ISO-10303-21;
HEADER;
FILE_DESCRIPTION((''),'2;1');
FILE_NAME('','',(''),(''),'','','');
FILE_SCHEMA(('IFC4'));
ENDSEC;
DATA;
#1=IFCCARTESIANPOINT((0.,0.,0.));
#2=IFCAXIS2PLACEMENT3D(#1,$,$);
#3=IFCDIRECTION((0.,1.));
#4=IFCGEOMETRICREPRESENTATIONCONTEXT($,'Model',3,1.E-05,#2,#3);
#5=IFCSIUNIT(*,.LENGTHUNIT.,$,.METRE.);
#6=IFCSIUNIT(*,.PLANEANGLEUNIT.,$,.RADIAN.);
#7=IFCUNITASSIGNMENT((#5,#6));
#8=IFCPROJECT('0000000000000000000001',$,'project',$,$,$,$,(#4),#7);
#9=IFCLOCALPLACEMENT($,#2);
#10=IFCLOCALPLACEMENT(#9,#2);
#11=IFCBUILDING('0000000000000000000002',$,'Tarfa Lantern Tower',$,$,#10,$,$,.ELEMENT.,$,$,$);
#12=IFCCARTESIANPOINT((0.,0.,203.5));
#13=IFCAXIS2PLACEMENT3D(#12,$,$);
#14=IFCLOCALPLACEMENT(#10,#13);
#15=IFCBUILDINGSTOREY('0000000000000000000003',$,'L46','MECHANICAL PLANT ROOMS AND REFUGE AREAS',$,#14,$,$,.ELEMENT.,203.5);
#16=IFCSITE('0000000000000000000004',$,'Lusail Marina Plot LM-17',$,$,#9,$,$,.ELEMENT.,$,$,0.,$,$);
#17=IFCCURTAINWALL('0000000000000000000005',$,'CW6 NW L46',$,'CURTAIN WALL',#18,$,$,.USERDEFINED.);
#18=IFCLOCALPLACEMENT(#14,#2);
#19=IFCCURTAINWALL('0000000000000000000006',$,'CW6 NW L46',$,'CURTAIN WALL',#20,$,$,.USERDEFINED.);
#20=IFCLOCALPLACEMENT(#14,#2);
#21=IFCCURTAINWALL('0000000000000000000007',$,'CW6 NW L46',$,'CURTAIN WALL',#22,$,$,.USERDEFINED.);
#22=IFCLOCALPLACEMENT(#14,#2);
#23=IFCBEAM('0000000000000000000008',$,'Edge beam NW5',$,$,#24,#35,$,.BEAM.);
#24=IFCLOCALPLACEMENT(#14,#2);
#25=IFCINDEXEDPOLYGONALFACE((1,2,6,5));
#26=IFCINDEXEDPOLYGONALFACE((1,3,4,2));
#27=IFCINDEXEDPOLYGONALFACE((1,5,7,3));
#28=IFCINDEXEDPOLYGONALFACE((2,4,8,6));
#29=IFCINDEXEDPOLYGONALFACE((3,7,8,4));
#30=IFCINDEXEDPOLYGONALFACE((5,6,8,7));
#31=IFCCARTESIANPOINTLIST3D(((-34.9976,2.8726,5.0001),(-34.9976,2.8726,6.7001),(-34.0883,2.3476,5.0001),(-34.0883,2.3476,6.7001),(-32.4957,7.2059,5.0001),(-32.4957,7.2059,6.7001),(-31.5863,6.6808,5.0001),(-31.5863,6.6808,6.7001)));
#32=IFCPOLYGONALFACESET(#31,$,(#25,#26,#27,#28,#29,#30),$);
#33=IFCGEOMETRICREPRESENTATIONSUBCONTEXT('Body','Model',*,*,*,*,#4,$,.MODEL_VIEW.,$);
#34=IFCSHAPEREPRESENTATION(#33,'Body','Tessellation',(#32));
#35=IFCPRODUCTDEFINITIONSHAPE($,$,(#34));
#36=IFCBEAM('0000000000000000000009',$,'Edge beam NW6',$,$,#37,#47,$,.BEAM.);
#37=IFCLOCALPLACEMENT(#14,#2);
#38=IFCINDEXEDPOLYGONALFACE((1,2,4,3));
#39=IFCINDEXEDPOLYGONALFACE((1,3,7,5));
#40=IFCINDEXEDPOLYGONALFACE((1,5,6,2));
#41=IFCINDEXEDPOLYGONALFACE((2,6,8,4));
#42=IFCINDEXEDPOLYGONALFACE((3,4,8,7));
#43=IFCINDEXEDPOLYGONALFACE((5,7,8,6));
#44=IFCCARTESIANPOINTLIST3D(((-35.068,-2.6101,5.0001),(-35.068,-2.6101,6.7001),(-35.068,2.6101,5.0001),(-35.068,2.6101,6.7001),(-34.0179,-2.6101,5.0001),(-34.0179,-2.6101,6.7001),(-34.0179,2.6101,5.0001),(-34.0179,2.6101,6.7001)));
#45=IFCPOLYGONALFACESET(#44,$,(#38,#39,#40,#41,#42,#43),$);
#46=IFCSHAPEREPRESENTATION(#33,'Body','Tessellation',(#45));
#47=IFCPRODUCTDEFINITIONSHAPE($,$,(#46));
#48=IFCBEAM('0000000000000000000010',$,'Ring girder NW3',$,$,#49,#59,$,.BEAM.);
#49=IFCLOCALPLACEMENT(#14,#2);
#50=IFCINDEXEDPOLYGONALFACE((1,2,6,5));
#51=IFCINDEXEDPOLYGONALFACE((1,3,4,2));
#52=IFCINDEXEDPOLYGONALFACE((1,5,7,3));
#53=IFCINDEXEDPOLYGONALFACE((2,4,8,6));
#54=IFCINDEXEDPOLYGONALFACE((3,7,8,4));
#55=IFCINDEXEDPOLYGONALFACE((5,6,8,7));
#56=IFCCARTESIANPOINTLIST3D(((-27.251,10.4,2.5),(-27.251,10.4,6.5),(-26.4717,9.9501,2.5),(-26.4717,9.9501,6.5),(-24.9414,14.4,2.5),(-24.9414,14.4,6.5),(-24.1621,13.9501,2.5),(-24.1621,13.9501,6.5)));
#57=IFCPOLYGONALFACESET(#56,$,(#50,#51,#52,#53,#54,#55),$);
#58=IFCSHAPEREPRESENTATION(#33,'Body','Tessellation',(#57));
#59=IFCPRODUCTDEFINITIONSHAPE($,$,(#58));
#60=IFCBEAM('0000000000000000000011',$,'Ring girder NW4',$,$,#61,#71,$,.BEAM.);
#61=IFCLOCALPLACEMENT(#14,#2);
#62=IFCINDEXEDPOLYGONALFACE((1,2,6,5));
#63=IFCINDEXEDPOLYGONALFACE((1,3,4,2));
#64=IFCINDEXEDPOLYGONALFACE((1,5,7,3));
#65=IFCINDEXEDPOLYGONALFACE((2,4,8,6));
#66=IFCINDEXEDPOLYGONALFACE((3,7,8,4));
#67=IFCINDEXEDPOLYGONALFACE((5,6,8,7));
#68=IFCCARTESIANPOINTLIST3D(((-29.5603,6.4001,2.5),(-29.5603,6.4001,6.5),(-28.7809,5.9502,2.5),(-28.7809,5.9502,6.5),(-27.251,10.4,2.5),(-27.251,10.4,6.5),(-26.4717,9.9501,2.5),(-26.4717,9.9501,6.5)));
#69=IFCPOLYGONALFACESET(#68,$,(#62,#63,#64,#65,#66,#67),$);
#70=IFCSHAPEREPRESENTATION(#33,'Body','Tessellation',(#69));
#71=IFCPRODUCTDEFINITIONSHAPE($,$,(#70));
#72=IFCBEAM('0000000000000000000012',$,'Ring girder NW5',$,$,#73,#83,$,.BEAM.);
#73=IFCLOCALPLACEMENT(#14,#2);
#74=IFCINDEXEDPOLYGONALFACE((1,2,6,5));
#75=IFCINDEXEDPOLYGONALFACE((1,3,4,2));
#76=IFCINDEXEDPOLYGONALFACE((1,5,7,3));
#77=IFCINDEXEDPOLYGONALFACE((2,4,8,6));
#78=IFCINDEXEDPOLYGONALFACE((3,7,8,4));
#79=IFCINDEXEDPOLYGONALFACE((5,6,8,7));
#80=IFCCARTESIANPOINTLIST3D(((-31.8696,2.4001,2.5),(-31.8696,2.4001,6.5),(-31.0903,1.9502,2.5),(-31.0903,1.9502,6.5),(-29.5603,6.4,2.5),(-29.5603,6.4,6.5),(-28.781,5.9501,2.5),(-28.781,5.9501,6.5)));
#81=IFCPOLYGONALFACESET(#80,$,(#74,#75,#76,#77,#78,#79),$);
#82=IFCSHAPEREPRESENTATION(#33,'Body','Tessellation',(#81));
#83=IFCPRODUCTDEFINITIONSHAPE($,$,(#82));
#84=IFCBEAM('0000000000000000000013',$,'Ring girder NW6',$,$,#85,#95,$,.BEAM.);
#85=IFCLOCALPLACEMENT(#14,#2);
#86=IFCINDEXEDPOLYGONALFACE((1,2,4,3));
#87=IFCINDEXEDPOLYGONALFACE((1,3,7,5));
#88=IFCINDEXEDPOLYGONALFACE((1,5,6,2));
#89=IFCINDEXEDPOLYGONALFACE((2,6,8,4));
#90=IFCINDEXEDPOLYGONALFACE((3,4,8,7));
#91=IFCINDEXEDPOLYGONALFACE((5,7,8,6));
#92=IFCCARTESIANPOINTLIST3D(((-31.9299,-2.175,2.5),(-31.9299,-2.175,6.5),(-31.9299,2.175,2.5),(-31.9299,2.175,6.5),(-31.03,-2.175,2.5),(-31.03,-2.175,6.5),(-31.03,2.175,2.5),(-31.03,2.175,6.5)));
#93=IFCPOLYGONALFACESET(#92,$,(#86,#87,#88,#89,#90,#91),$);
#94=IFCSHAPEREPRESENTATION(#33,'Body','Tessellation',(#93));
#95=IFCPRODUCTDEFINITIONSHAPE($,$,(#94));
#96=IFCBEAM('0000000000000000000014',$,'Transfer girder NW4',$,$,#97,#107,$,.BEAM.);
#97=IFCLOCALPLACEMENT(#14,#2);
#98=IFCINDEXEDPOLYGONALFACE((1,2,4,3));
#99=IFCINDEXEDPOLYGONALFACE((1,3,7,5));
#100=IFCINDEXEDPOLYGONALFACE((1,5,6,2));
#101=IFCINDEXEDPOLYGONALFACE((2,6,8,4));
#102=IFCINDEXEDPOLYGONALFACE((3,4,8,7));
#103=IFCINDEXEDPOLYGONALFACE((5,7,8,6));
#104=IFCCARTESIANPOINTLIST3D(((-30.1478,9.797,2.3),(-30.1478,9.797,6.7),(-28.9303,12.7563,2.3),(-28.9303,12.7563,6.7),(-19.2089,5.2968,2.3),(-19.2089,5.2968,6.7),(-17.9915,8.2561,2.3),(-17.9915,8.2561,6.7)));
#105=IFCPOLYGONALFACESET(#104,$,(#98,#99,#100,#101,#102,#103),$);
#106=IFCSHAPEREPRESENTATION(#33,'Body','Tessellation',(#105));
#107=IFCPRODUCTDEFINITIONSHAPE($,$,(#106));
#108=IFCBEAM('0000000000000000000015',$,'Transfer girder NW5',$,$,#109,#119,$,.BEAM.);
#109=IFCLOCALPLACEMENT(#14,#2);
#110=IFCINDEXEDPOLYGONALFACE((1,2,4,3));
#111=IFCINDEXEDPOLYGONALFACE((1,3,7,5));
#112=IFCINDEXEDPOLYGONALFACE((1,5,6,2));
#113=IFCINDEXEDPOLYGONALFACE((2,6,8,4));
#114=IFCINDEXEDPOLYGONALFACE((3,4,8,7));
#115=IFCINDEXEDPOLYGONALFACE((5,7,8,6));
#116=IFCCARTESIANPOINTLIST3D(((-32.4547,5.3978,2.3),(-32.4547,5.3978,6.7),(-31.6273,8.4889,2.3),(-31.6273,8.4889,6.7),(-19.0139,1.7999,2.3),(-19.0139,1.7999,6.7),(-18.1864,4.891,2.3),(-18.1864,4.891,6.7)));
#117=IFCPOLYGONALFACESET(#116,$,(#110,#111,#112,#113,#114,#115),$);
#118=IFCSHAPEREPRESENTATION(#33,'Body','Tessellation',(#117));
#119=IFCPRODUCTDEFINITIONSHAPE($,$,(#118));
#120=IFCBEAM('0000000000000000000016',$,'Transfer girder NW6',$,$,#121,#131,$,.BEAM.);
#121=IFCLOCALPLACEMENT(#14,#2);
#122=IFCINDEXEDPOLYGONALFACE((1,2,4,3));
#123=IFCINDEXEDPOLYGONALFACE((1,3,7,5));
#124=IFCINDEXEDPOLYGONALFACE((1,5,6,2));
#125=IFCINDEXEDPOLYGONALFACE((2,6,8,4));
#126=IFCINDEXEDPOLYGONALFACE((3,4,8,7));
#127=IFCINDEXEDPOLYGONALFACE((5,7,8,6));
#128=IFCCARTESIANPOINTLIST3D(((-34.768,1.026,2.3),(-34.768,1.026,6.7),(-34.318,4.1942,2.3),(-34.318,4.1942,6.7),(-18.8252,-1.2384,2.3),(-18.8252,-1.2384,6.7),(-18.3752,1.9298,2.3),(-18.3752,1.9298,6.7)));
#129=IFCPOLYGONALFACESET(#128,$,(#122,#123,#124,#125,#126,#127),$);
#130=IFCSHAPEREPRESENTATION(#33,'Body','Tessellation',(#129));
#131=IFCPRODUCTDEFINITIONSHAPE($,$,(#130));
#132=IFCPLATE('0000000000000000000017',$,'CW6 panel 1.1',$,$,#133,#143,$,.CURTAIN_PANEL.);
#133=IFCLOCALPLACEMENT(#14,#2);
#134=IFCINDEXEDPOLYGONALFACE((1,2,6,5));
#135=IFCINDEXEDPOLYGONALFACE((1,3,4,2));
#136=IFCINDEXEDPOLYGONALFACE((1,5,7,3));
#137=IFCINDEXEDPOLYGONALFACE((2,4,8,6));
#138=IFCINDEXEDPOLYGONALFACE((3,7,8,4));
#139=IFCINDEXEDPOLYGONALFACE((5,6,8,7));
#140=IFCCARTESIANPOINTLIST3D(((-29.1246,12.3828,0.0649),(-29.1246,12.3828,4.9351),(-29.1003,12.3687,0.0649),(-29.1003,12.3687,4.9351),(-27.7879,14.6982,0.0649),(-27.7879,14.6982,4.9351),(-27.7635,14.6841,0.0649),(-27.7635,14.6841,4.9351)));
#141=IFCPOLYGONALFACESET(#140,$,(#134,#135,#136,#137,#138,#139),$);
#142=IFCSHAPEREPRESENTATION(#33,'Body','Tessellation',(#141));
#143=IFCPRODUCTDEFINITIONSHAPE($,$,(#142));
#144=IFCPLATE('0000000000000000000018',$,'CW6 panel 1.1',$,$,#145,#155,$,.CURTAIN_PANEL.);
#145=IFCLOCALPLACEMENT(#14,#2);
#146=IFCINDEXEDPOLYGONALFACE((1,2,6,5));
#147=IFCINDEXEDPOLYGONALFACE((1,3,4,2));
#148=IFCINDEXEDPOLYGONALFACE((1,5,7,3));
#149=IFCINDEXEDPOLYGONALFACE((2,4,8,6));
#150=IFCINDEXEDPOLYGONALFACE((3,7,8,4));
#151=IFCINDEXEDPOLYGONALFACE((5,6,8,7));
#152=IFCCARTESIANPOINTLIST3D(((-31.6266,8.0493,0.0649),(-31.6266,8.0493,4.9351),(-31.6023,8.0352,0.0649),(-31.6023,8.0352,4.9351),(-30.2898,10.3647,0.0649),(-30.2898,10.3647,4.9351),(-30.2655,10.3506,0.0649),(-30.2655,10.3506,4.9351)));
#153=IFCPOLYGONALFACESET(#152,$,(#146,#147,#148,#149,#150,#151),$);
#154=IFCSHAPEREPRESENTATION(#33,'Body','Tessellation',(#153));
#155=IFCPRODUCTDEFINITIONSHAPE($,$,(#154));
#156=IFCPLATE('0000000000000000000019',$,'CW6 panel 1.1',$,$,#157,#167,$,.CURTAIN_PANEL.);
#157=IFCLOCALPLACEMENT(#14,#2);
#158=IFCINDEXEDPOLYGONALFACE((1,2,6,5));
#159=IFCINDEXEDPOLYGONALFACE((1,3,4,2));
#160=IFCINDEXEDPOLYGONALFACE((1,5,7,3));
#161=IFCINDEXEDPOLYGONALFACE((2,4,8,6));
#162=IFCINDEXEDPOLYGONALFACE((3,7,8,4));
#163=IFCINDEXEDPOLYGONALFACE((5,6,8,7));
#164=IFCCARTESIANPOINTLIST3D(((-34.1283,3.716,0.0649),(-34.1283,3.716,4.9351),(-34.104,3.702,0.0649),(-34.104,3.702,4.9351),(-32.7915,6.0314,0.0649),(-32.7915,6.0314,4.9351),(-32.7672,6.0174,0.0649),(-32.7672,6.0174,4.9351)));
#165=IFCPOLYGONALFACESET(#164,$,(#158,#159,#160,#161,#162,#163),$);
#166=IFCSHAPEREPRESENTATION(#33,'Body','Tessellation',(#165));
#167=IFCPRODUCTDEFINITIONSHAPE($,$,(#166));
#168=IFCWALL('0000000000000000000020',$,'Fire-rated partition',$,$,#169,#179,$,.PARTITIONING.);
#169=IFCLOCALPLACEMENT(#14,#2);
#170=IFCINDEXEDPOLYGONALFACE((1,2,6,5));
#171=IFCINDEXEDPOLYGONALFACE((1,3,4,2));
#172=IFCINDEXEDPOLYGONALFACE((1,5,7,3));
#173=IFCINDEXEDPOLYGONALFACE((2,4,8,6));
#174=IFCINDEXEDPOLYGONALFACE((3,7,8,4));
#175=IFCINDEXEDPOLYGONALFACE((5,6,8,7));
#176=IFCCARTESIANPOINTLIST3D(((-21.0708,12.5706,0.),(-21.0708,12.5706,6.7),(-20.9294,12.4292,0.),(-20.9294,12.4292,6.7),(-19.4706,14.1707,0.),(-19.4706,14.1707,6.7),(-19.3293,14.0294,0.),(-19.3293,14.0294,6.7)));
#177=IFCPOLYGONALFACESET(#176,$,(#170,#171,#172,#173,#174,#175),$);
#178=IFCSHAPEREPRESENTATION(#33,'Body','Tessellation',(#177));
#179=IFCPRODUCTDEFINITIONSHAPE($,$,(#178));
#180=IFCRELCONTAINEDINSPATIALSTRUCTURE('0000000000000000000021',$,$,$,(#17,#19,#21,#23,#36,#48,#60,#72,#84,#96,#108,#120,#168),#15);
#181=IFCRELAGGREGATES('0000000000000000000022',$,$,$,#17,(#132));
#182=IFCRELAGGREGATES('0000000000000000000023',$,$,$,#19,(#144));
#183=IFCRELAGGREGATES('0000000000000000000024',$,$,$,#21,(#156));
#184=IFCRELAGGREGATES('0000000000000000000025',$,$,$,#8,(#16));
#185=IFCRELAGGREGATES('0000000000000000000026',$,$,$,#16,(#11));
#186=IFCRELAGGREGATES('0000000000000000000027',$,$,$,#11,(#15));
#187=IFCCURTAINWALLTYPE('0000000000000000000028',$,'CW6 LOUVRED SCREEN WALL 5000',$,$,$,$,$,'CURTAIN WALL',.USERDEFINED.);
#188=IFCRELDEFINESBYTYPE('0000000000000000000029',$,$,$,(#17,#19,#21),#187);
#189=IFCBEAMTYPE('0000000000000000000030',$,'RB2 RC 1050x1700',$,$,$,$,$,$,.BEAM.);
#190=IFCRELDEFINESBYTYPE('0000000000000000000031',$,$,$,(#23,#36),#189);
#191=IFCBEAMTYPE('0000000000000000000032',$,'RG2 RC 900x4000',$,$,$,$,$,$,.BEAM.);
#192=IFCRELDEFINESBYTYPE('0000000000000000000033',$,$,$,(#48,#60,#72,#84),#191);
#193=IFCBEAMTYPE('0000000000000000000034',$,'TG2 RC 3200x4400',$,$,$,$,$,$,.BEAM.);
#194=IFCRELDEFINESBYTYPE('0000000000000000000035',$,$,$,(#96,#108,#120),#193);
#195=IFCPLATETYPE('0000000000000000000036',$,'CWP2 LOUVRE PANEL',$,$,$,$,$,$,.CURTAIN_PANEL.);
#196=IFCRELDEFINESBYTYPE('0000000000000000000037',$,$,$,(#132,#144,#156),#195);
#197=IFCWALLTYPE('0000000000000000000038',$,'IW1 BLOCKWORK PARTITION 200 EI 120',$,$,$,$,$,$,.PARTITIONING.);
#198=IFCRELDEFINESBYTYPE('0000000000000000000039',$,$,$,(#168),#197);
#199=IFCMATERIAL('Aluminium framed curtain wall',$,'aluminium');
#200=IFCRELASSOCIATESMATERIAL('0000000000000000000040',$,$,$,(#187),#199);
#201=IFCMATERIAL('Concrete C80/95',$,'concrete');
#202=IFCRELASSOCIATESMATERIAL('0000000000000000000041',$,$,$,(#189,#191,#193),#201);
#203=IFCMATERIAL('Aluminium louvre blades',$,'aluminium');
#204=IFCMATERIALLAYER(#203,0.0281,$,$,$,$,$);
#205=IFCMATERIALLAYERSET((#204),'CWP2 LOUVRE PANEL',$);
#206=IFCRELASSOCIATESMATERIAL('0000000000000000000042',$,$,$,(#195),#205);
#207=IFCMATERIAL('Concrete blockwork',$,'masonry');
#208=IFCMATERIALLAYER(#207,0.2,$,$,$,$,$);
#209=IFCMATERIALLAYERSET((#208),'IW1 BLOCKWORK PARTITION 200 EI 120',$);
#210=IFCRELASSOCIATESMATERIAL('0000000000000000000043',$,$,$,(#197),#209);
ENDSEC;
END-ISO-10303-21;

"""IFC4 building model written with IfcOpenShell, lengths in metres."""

from ifc_helpers import new_model, si_unit, direction, frame, frame_2d, origin, origin_2d, place, context, subcontext, project, spatial, rectangle, extrude, material, layer, layer_set, material_profile, profile_set, type_object, element, aggregate, save


model = new_model("IFC4")

# Units and contexts
model_context = context("Model", 3, precision=1e-05, world=origin(), true_north=direction((0.0, 1.0)))
body_context = subcontext(model_context, "Body", "Model", "MODEL_VIEW")
ifc_project = project(units=[si_unit("LENGTHUNIT", "METRE"), si_unit("PLANEANGLEUNIT", "RADIAN")], contexts=[model_context])

# Site, building, storey
site_placement = place(None, origin())
site = spatial("IfcSite", under=ifc_project, at=site_placement, Name="Lusail Marina Plot LM-17", CompositionType="ELEMENT", RefElevation=0.0)
building_placement = place(site_placement, origin())
building = spatial("IfcBuilding", under=site, at=building_placement, Name="Tarfa Lantern Tower", CompositionType="ELEMENT")
storey_placement = place(building_placement, frame((0.0, 0.0, 203.5)))
storey = spatial("IfcBuildingStorey", under=building, at=storey_placement, Name="L46", Description="MECHANICAL PLANT ROOMS AND REFUGE AREAS", CompositionType="ELEMENT", Elevation=203.5)

# Shared definitions
ifc_material_1 = material(Name="Concrete C80/95", Category="concrete")

# Curtain wall
ifc_material_2 = material(Name="Aluminium framed curtain wall", Category="aluminium")
curtain_wall_type = type_object("IfcCurtainWallType", Name="CW6 LOUVRED SCREEN WALL 5000", ElementType="CURTAIN WALL", PredefinedType="USERDEFINED", material=ifc_material_2)
curtain_wall_1_placement = place(storey_placement, origin())
curtain_wall_1 = element("IfcCurtainWall", 1, at=curtain_wall_1_placement, inside=storey, type_object=curtain_wall_type, Name="CW6 NW L46", ObjectType="CURTAIN WALL", PredefinedType="USERDEFINED")

# Curtain walls
curtain_wall_2_placement = place(storey_placement, origin())
curtain_wall_2 = element("IfcCurtainWall", 2, at=curtain_wall_2_placement, inside=storey, type_object=curtain_wall_type, Name="CW6 NW L46", ObjectType="CURTAIN WALL", PredefinedType="USERDEFINED")
curtain_wall_3_placement = place(storey_placement, origin())
curtain_wall_3 = element("IfcCurtainWall", 3, at=curtain_wall_3_placement, inside=storey, type_object=curtain_wall_type, Name="CW6 NW L46", ObjectType="CURTAIN WALL", PredefinedType="USERDEFINED")

# Beams
ifc_material_profile_1 = material_profile(ifc_material_1, rectangle(XDim=1.05, YDim=1.7, at=origin_2d()), Name="RC 1050x1700")
ifc_profile_set_1 = profile_set([ifc_material_profile_1], Name="Concrete C80/95")
beam_type_1 = type_object("IfcBeamType", Name="RB2 RC 1050x1700", PredefinedType="BEAM", material=ifc_profile_set_1)
for number, where, z_axis, x_axis, name in (
    (4, (-32.041, 6.9434, 5.8501), (-0.500022, -0.866013, 0.0), (0.866013, -0.500022, 0.0), "Edge beam NW5"),
):
    element("IfcBeam", number, at=place(storey_placement, frame(where, z_axis=z_axis, x_axis=x_axis)), inside=storey, type_object=beam_type_1, Name=name, PredefinedType="BEAM", context=body_context, shape_type="SweptSolid", body=[
        extrude(rectangle(XDim=1.05, YDim=1.7, at=origin_2d()), origin(), (0.0, 0.0, 1.0), 5.0037),
    ])
beam_1_placement = place(storey_placement, frame((-34.543, 2.6101, 5.8501), z_axis=(0.0, -1.0, 0.0), x_axis=(1.0, 0.0, 0.0)))
element("IfcBeam", 5, at=beam_1_placement, inside=storey, type_object=beam_type_1, Name="Edge beam NW6", PredefinedType="BEAM", context=body_context, shape_type="SweptSolid", body=[
    extrude(rectangle(XDim=1.05, YDim=1.7, at=origin_2d()), origin(), (0.0, 0.0, 1.0), 5.2202),
])
ifc_material_profile_2 = material_profile(ifc_material_1, rectangle(XDim=0.8999, YDim=4.0, at=origin_2d()), Name="RC 900x4000")
ifc_profile_set_2 = profile_set([ifc_material_profile_2], Name="Concrete C80/95")
beam_type_2 = type_object("IfcBeamType", Name="RG2 RC 900x4000", PredefinedType="BEAM", material=ifc_profile_set_2)
beam_2_placement = place(storey_placement, frame((-24.5518, 14.175, 4.5), z_axis=(-0.500027, -0.86601, 0.0), x_axis=(0.86601, -0.500027, 0.0)))
element("IfcBeam", 6, at=beam_2_placement, inside=storey, type_object=beam_type_2, Name="Ring girder NW3", PredefinedType="BEAM", context=body_context, shape_type="SweptSolid", body=[
    extrude(rectangle(XDim=0.8999, YDim=4.0, at=origin_2d()), origin(), (0.0, 0.0, 1.0), 4.6189),
])
for number, where, z_axis, x_axis, name in (
    (7, (-26.8613, 10.175, 4.5), (-0.499988, -0.866032, 0.0), (0.866032, -0.499988, 0.0), "Ring girder NW4"),
    (8, (-29.1707, 6.175, 4.5), (-0.499988, -0.866032, 0.0), (0.866032, -0.499988, 0.0), "Ring girder NW5"),
):
    element("IfcBeam", number, at=place(storey_placement, frame(where, z_axis=z_axis, x_axis=x_axis)), inside=storey, type_object=beam_type_2, Name=name, PredefinedType="BEAM", context=body_context, shape_type="SweptSolid", body=[
        extrude(rectangle(XDim=0.8999, YDim=4.0, at=origin_2d()), origin(), (0.0, 0.0, 1.0), 4.6187),
    ])
beam_3_placement = place(storey_placement, frame((-31.48, 2.175, 4.5), z_axis=(0.0, -1.0, 0.0), x_axis=(1.0, 0.0, 0.0)))
element("IfcBeam", 9, at=beam_3_placement, inside=storey, type_object=beam_type_2, Name="Ring girder NW6", PredefinedType="BEAM", context=body_context, shape_type="SweptSolid", body=[
    extrude(rectangle(XDim=0.8999, YDim=4.0, at=origin_2d()), origin(), (0.0, 0.0, 1.0), 4.3501),
])
ifc_material_profile_3 = material_profile(ifc_material_1, rectangle(XDim=3.2, YDim=4.3999, at=origin_2d()), Name="RC 3200x4400")
ifc_profile_set_3 = profile_set([ifc_material_profile_3], Name="Concrete C80/95")
beam_type_3 = type_object("IfcBeamType", Name="TG2 RC 3200x4400", PredefinedType="BEAM", material=ifc_profile_set_3)
beam_4_placement = place(storey_placement, frame((-29.5391, 11.2766, 4.5), z_axis=(0.924798, -0.380458, 0.0), x_axis=(0.380458, 0.924798, 0.0)))
element("IfcBeam", 10, at=beam_4_placement, inside=storey, type_object=beam_type_3, Name="Transfer girder NW4", PredefinedType="BEAM", context=body_context, shape_type="SweptSolid", body=[
    extrude(rectangle(XDim=3.2, YDim=4.3999, at=origin_2d()), origin(), (0.0, 0.0, 1.0), 11.8284),
])
beam_5_placement = place(storey_placement, frame((-32.041, 6.9434, 4.5), z_axis=(0.96599, -0.258579, 0.0), x_axis=(0.258579, 0.96599, 0.0)))
element("IfcBeam", 11, at=beam_5_placement, inside=storey, type_object=beam_type_3, Name="Transfer girder NW5", PredefinedType="BEAM", context=body_context, shape_type="SweptSolid", body=[
    extrude(rectangle(XDim=3.2, YDim=4.3999, at=origin_2d()), origin(), (0.0, 0.0, 1.0), 13.9141),
])
beam_6_placement = place(storey_placement, frame((-34.543, 2.6101, 4.5), z_axis=(0.990063, -0.140621, 0.0), x_axis=(0.140621, 0.990063, 0.0)))
element("IfcBeam", 12, at=beam_6_placement, inside=storey, type_object=beam_type_3, Name="Transfer girder NW6", PredefinedType="BEAM", context=body_context, shape_type="SweptSolid", body=[
    extrude(rectangle(XDim=3.2, YDim=4.3999, at=origin_2d()), origin(), (0.0, 0.0, 1.0), 16.1028),
])

# Plates
ifc_material_3 = material(Name="Aluminium louvre blades", Category="aluminium")
ifc_layer_1 = layer(ifc_material_3, 0.0281)
ifc_layer_set_1 = layer_set([ifc_layer_1], Name="CWP2 LOUVRE PANEL")
plate_type = type_object("IfcPlateType", Name="CWP2 LOUVRE PANEL", PredefinedType="CURTAIN_PANEL", material=ifc_layer_set_1)
plate_1_placement = place(storey_placement, frame((-28.4441, 13.5334, 0.0649), z_axis=(0.0, 0.0, 1.0), x_axis=(-0.5, -0.866025, 0.0)))
plate_1 = element("IfcPlate", 13, at=plate_1_placement, type_object=plate_type, Name="CW6 panel 1.1", PredefinedType="CURTAIN_PANEL", context=body_context, shape_type="SweptSolid", body=[
    extrude(rectangle(XDim=2.6736, YDim=0.0281, at=origin_2d()), origin(), (0.0, 0.0, 1.0), 4.8701),
])
aggregate(curtain_wall_1, [plate_1])
plate_2_placement = place(storey_placement, frame((-30.946, 9.2, 0.0649), z_axis=(0.0, 0.0, 1.0), x_axis=(-0.5, -0.866025, 0.0)))
plate_2 = element("IfcPlate", 14, at=plate_2_placement, type_object=plate_type, Name="CW6 panel 1.1", PredefinedType="CURTAIN_PANEL", context=body_context, shape_type="SweptSolid", body=[
    extrude(rectangle(XDim=2.6736, YDim=0.0281, at=origin_2d()), origin(), (0.0, 0.0, 1.0), 4.8701),
])
aggregate(curtain_wall_2, [plate_2])
plate_3_placement = place(storey_placement, frame((-33.4478, 4.8667, 0.0649), z_axis=(0.0, 0.0, 1.0), x_axis=(-0.5, -0.866025, 0.0)))
plate_3 = element("IfcPlate", 15, at=plate_3_placement, type_object=plate_type, Name="CW6 panel 1.1", PredefinedType="CURTAIN_PANEL", context=body_context, shape_type="SweptSolid", body=[
    extrude(rectangle(XDim=2.6736, YDim=0.0281, at=origin_2d()), origin(), (0.0, 0.0, 1.0), 4.8701),
])
aggregate(curtain_wall_3, [plate_3])

# Wall
ifc_material_4 = material(Name="Concrete blockwork", Category="masonry")
ifc_layer_2 = layer(ifc_material_4, 0.2)
ifc_layer_set_2 = layer_set([ifc_layer_2], Name="IW1 BLOCKWORK PARTITION 200 EI 120")
wall_type = type_object("IfcWallType", Name="IW1 BLOCKWORK PARTITION 200 EI 120", PredefinedType="PARTITIONING", material=ifc_layer_set_2)
wall_placement = place(storey_placement, frame((-21.0, 12.5, 0.0), z_axis=(0.0, 0.0, 1.0), x_axis=(0.707107, 0.707107, 0.0)))
element("IfcWall", 16, at=wall_placement, inside=storey, type_object=wall_type, Name="Fire-rated partition", PredefinedType="PARTITIONING", context=body_context, shape_type="SweptSolid", body=[
    extrude(rectangle(XDim=2.2629, YDim=0.2, at=frame_2d((1.1313, 0.0))), origin(), (0.0, 0.0, 1.0), 6.7),
])

save(model, "model.ifc")
